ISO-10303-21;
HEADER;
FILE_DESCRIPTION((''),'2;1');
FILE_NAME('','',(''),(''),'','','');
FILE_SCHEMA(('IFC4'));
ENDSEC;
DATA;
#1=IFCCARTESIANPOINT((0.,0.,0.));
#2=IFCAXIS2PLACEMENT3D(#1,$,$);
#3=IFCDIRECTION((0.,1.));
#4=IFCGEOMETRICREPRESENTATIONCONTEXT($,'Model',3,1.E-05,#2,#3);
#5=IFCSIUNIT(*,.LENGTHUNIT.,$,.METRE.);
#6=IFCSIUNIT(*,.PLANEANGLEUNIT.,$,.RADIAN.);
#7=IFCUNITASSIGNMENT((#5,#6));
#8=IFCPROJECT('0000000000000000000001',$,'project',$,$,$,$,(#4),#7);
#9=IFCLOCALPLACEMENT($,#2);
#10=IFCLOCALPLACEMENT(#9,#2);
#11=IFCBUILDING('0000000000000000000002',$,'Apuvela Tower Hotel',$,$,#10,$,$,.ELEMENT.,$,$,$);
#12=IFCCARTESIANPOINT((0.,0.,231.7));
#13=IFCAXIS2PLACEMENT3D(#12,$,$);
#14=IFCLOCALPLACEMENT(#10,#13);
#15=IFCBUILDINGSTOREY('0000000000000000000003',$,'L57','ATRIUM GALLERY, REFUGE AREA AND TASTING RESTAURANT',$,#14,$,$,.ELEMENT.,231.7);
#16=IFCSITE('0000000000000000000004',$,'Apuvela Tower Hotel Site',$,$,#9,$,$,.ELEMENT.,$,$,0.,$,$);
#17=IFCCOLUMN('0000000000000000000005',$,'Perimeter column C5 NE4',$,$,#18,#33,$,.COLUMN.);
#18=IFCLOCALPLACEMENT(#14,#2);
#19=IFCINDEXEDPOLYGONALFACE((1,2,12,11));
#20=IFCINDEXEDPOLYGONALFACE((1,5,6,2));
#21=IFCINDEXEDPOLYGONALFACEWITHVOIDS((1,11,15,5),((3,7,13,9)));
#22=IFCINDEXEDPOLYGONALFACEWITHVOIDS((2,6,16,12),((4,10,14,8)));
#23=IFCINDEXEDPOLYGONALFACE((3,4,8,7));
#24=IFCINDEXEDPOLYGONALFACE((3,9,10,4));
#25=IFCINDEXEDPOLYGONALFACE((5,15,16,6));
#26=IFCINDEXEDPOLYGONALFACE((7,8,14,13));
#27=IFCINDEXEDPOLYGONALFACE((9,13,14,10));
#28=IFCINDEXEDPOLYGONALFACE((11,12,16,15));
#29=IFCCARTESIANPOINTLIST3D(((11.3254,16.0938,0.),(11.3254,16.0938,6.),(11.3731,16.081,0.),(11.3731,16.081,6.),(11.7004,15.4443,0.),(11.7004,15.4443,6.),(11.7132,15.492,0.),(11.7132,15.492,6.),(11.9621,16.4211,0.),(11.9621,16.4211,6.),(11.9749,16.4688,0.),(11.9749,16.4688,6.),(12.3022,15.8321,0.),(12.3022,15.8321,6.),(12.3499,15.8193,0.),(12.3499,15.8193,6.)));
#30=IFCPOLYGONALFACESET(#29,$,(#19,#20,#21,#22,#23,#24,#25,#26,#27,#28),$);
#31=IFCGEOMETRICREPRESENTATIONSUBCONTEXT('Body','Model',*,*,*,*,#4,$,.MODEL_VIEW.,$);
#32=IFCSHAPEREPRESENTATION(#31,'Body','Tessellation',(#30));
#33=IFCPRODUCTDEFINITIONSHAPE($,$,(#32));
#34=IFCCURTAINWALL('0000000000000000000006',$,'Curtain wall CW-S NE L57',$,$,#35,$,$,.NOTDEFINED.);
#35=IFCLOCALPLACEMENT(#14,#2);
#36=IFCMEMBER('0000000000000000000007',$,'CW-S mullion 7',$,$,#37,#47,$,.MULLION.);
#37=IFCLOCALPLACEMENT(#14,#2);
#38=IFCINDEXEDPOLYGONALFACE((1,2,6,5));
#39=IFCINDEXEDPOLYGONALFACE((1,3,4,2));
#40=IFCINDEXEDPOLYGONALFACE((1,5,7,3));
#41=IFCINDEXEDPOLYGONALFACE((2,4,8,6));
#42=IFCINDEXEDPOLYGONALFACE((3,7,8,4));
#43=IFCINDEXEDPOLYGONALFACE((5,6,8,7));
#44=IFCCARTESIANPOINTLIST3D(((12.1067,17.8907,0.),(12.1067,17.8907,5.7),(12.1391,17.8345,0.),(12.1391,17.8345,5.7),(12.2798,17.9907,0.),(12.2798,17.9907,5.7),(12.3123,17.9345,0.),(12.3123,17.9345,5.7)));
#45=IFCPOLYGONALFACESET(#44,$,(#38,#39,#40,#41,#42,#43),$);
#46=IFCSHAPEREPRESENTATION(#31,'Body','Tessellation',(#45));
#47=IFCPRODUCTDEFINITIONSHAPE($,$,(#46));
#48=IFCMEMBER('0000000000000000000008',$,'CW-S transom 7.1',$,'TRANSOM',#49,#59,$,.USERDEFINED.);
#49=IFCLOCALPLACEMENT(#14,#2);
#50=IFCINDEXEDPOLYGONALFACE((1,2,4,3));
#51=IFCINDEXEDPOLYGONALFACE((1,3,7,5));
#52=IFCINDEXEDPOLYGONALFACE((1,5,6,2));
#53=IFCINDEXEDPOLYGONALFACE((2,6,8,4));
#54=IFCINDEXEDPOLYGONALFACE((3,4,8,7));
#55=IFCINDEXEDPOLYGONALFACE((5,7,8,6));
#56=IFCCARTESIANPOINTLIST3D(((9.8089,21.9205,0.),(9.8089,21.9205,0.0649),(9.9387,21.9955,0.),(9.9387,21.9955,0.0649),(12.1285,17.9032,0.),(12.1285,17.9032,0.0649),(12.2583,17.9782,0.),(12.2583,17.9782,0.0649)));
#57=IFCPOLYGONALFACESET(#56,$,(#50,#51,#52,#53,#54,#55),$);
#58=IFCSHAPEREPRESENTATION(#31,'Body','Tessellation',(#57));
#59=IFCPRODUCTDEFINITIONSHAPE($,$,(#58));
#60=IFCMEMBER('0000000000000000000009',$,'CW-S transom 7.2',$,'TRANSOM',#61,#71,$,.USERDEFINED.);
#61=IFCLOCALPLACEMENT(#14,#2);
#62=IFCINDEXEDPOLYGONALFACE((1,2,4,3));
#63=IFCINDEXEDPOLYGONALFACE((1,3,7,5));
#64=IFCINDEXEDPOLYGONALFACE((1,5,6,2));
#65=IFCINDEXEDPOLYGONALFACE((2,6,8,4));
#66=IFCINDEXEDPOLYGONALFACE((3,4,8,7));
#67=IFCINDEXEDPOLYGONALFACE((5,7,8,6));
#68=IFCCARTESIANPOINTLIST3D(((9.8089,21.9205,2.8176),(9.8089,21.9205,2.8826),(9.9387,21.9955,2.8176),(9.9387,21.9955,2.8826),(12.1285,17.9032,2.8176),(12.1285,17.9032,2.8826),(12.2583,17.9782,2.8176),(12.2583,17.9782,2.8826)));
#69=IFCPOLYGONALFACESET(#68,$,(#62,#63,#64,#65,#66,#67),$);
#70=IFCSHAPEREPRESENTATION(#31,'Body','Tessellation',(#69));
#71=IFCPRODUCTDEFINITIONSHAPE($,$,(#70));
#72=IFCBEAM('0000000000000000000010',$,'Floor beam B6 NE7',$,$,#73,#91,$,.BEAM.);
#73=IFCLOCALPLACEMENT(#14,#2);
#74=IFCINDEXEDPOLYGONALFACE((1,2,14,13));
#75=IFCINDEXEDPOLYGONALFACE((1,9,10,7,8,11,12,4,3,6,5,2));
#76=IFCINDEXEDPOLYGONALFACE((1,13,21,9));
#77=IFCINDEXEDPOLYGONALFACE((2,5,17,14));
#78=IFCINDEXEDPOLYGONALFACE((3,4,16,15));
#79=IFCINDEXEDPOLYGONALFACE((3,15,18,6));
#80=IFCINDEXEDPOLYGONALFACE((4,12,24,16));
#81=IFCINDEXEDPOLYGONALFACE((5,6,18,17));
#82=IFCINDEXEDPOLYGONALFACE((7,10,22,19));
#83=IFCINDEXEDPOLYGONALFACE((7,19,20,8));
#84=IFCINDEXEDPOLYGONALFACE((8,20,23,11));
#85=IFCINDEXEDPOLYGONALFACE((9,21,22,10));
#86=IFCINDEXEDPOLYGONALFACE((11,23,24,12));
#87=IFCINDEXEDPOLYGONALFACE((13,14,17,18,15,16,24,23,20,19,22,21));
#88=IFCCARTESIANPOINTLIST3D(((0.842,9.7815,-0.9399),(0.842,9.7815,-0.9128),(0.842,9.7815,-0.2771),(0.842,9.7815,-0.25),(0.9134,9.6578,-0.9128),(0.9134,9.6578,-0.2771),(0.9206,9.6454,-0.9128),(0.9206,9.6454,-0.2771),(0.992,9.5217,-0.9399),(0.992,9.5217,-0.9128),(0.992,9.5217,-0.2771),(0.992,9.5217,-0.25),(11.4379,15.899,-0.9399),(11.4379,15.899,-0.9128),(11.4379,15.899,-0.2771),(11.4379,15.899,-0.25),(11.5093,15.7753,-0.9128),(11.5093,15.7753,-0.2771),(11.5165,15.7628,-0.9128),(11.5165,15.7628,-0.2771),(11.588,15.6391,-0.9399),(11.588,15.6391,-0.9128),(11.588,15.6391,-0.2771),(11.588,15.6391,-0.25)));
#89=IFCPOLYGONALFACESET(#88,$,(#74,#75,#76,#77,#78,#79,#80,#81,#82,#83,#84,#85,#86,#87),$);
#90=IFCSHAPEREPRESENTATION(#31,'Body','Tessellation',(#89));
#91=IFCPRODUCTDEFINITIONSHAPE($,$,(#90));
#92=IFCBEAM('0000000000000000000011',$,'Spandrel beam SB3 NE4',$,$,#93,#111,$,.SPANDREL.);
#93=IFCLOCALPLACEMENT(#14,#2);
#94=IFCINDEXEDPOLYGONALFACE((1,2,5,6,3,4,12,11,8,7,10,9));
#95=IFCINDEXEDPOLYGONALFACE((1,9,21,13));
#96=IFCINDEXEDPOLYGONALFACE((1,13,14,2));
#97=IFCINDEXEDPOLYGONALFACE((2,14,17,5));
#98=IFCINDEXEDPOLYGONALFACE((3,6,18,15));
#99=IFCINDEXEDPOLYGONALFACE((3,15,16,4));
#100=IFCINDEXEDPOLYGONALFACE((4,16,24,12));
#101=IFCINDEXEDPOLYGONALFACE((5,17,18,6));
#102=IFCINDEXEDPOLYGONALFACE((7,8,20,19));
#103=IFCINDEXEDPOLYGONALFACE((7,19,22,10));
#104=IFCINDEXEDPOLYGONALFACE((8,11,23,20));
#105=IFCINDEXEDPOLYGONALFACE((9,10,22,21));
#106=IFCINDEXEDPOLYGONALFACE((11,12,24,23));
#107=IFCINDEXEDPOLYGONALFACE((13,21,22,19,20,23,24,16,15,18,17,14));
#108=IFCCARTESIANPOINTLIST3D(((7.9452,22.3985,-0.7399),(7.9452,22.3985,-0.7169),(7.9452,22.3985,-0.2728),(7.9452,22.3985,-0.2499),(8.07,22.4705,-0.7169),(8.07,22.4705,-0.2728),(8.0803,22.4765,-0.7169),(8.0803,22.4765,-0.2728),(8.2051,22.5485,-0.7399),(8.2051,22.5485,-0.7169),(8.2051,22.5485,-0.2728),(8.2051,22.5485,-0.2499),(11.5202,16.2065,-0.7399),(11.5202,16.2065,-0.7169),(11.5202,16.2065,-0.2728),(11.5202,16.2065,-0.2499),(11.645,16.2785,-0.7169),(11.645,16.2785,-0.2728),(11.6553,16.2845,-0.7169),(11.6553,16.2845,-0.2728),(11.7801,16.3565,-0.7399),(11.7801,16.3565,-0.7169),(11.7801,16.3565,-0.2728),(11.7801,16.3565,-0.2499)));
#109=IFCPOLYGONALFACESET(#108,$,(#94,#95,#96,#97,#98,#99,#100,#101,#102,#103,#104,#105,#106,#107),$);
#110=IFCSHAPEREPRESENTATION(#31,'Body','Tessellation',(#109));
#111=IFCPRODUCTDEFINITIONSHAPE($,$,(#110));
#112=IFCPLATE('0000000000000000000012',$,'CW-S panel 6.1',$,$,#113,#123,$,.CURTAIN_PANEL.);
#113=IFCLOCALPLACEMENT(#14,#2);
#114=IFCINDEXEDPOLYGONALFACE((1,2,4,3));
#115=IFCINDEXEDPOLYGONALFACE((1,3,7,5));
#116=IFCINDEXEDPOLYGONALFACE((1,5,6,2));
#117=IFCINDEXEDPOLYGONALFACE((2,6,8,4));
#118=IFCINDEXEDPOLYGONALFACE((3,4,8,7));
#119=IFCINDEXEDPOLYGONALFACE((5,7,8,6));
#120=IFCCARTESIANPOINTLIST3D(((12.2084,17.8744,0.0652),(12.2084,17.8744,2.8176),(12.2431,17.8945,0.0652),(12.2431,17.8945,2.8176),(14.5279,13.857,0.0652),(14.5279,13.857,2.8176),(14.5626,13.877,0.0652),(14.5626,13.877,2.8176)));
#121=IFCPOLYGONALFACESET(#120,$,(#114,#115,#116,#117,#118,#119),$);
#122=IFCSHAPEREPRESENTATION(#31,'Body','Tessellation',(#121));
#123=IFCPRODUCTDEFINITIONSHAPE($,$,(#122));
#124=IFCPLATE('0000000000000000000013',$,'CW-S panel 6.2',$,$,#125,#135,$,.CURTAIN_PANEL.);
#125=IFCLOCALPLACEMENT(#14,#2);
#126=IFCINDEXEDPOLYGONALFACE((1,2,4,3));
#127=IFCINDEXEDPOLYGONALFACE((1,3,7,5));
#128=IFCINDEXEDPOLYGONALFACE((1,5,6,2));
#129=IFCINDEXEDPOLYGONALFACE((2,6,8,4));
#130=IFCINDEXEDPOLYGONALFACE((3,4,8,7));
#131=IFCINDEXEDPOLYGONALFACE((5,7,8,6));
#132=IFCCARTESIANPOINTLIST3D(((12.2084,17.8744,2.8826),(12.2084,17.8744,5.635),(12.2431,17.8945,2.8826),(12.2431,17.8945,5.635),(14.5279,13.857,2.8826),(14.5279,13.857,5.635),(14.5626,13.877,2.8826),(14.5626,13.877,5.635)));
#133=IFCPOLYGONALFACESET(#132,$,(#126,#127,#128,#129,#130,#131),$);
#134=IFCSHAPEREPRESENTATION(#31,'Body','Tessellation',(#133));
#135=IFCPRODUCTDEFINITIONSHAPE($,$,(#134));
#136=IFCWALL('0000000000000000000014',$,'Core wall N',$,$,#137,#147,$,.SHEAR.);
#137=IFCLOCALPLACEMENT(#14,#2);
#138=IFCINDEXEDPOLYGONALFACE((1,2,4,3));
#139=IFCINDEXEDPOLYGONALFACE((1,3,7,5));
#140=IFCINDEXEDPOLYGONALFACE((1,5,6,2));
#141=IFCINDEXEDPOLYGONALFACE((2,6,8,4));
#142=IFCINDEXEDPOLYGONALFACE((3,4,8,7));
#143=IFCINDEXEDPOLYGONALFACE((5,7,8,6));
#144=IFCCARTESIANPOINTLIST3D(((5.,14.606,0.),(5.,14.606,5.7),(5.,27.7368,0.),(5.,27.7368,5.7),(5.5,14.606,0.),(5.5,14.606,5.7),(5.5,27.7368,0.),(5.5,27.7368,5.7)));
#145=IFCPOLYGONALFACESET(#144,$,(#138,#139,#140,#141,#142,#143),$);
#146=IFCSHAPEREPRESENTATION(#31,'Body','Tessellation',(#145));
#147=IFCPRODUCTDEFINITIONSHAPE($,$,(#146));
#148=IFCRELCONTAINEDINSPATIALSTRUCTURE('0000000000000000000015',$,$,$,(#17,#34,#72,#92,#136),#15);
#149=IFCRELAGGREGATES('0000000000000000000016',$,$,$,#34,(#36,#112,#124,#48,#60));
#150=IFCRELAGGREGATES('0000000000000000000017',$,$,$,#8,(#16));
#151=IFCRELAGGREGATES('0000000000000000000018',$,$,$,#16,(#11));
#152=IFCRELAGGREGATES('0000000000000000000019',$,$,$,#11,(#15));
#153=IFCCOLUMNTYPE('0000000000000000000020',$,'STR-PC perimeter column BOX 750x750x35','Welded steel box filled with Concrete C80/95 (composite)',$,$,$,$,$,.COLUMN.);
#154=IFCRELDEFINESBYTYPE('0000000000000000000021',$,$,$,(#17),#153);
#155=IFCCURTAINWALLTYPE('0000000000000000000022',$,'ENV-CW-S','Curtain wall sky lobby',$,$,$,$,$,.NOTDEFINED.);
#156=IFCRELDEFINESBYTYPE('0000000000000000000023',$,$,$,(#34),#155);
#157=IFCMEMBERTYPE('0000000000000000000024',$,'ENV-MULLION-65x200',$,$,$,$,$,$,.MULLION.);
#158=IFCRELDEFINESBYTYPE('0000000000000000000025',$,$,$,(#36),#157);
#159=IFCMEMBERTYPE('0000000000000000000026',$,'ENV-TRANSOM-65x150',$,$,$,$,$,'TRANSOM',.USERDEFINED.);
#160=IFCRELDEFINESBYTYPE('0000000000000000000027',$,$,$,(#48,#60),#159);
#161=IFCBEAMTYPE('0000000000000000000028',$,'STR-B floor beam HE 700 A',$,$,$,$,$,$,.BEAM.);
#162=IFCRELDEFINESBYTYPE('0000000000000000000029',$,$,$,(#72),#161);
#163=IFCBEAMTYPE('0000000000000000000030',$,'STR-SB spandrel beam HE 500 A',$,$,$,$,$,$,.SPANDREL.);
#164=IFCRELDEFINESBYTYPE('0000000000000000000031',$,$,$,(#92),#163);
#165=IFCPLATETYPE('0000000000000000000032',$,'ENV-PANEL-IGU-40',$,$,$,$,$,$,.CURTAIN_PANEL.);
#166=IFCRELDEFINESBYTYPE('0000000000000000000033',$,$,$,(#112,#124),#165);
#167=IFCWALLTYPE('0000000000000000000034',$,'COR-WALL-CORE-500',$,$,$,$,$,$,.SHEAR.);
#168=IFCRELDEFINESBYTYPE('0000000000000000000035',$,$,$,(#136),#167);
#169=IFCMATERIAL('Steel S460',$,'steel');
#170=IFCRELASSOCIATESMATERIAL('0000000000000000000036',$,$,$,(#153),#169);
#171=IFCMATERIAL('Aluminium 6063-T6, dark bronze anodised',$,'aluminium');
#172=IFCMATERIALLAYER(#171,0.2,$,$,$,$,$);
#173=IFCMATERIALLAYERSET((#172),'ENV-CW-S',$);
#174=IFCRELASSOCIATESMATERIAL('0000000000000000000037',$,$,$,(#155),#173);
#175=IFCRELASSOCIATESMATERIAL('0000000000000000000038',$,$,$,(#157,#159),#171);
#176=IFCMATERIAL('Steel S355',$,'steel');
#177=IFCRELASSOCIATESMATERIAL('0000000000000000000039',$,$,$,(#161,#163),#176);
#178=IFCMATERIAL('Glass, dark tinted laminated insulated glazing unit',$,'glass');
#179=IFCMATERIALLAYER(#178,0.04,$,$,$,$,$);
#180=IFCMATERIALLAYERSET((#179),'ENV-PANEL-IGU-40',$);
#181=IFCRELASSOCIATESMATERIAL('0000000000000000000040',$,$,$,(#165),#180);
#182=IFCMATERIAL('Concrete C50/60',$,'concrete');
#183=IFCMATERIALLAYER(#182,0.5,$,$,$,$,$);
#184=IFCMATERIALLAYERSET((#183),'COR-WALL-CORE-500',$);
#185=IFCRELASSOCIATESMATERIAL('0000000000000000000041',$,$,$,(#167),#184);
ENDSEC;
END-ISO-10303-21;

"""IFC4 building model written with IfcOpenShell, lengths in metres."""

from ifc_helpers import new_model, si_unit, direction, frame, frame_2d, origin, origin_2d, place, context, subcontext, project, spatial, rectangle, hollow_rectangle, i_section, extrude, material, layer, layer_set, material_profile, profile_set, type_object, element, aggregate, save


model = new_model("IFC4")

# Units and contexts
model_context = context("Model", 3, precision=1e-05, world=origin(), true_north=direction((0.0, 1.0)))
body_context = subcontext(model_context, "Body", "Model", "MODEL_VIEW")
ifc_project = project(units=[si_unit("LENGTHUNIT", "METRE"), si_unit("PLANEANGLEUNIT", "RADIAN")], contexts=[model_context])

# Site, building, storey
site_placement = place(None, origin())
site = spatial("IfcSite", under=ifc_project, at=site_placement, Name="Apuvela Tower Hotel Site", CompositionType="ELEMENT", RefElevation=0.0)
building_placement = place(site_placement, origin())
building = spatial("IfcBuilding", under=site, at=building_placement, Name="Apuvela Tower Hotel", CompositionType="ELEMENT")
storey_placement = place(building_placement, frame((0.0, 0.0, 231.7)))
storey = spatial("IfcBuildingStorey", under=building, at=storey_placement, Name="L57", Description="ATRIUM GALLERY, REFUGE AREA AND TASTING RESTAURANT", CompositionType="ELEMENT", Elevation=231.7)

# Column
ifc_material_1 = material(Name="Steel S460", Category="steel")
ifc_material_profile_1 = material_profile(ifc_material_1, hollow_rectangle(XDim=0.75, YDim=0.75, WallThickness=0.0349, at=origin_2d()), Name="BOX 750x750x35")
ifc_material_2 = material(Name="Concrete C80/95", Category="concrete")
ifc_material_profile_2 = material_profile(ifc_material_2, rectangle(XDim=0.6799, YDim=0.6799, at=origin_2d()), Name="Concrete C80/95 infill")
ifc_profile_set_1 = profile_set([ifc_material_profile_1, ifc_material_profile_2], Name="Steel S460")
column_type = type_object("IfcColumnType", Name="STR-PC perimeter column BOX 750x750x35", Description="Welded steel box filled with Concrete C80/95 (composite)", PredefinedType="COLUMN", material=ifc_profile_set_1)
column_placement = place(storey_placement, frame((11.8376, 15.9565, 0.0), z_axis=(0.0, 0.0, 1.0), x_axis=(-0.5, 0.866025, 0.0)))
element("IfcColumn", 1, at=column_placement, inside=storey, type_object=column_type, Name="Perimeter column C5 NE4", PredefinedType="COLUMN", context=body_context, shape_type="SweptSolid", body=[
    extrude(hollow_rectangle(XDim=0.75, YDim=0.75, WallThickness=0.0349, at=origin_2d()), origin(), (0.0, 0.0, 1.0), 6.0),
])

# Curtain wall, members
ifc_material_3 = material(Name="Aluminium 6063-T6, dark bronze anodised", Category="aluminium")
ifc_layer_1 = layer(ifc_material_3, 0.2)
ifc_layer_set_1 = layer_set([ifc_layer_1], Name="ENV-CW-S")
curtain_wall_type = type_object("IfcCurtainWallType", Name="ENV-CW-S", Description="Curtain wall sky lobby", PredefinedType="NOTDEFINED", material=ifc_layer_set_1)
curtain_wall_placement = place(storey_placement, origin())
curtain_wall = element("IfcCurtainWall", 2, at=curtain_wall_placement, inside=storey, type_object=curtain_wall_type, Name="Curtain wall CW-S NE L57", PredefinedType="NOTDEFINED")
ifc_material_profile_3 = material_profile(ifc_material_3, rectangle(XDim=0.2, YDim=0.0649, at=origin_2d()), Name="AL 65x200")
ifc_profile_set_2 = profile_set([ifc_material_profile_3], Name="Aluminium 6063-T6, dark bronze anodised")
member_type_1 = type_object("IfcMemberType", Name="ENV-MULLION-65x200", PredefinedType="MULLION", material=ifc_profile_set_2)
member_1_placement = place(storey_placement, frame((12.2095, 17.9126, 0.0), z_axis=(0.0, 0.0, 1.0), x_axis=(-0.866026, -0.499999, 0.0)))
member_1 = element("IfcMember", 3, at=member_1_placement, type_object=member_type_1, Name="CW-S mullion 7", PredefinedType="MULLION", context=body_context, shape_type="SweptSolid", body=[
    extrude(rectangle(XDim=0.2, YDim=0.0649, at=origin_2d()), origin(), (0.0, 0.0, 1.0), 5.7),
])
ifc_material_profile_4 = material_profile(ifc_material_3, rectangle(XDim=0.1499, YDim=0.0649, at=origin_2d()), Name="AL 65x150 transom")
ifc_profile_set_3 = profile_set([ifc_material_profile_4], Name="Aluminium 6063-T6, dark bronze anodised")
member_type_2 = type_object("IfcMemberType", Name="ENV-TRANSOM-65x150", ElementType="TRANSOM", PredefinedType="USERDEFINED", material=ifc_profile_set_3)
member_2_placement = place(storey_placement, frame((12.1934, 17.9407, 0.0325), z_axis=(-0.500028, 0.866009, 0.0), x_axis=(-0.866009, -0.500028, 0.0)))
member_2 = element("IfcMember", 4, at=member_2_placement, type_object=member_type_2, Name="CW-S transom 7.1", ObjectType="TRANSOM", PredefinedType="USERDEFINED", context=body_context, shape_type="SweptSolid", body=[
    extrude(rectangle(XDim=0.1499, YDim=0.0649, at=origin_2d()), origin(), (0.0, 0.0, 1.0), 4.6389),
])
member_3_placement = place(storey_placement, frame((12.1934, 17.9407, 2.8501), z_axis=(-0.500028, 0.866009, 0.0), x_axis=(-0.866009, -0.500028, 0.0)))
member_3 = element("IfcMember", 5, at=member_3_placement, type_object=member_type_2, Name="CW-S transom 7.2", ObjectType="TRANSOM", PredefinedType="USERDEFINED", context=body_context, shape_type="SweptSolid", body=[
    extrude(rectangle(XDim=0.1499, YDim=0.0649, at=origin_2d()), origin(), (0.0, 0.0, 1.0), 4.6389),
])

# Beams
ifc_material_4 = material(Name="Steel S355", Category="steel")
ifc_material_profile_5 = material_profile(ifc_material_4, i_section(OverallWidth=0.3, OverallDepth=0.6899, WebThickness=0.0144, FlangeThickness=0.0271, at=origin_2d()), Name="HE 700 A")
ifc_profile_set_4 = profile_set([ifc_material_profile_5], Name="Steel S355")
beam_type_1 = type_object("IfcBeamType", Name="STR-B floor beam HE 700 A", PredefinedType="BEAM", material=ifc_profile_set_4)
beam_1_placement = place(storey_placement, frame((11.5129, 15.769, -0.595), z_axis=(-0.86603, -0.499991, 0.0), x_axis=(0.499991, -0.86603, 0.0)))
element("IfcBeam", 6, at=beam_1_placement, inside=storey, type_object=beam_type_1, Name="Floor beam B6 NE7", PredefinedType="BEAM", context=body_context, shape_type="SweptSolid", body=[
    extrude(i_section(OverallWidth=0.3, OverallDepth=0.6899, WebThickness=0.0144, FlangeThickness=0.0271, at=origin_2d()), origin(), (0.0, 0.0, 1.0), 12.2351),
])
ifc_material_profile_6 = material_profile(ifc_material_4, i_section(OverallWidth=0.3, OverallDepth=0.49, WebThickness=0.012, FlangeThickness=0.0229, at=origin_2d()), Name="HE 500 A")
ifc_profile_set_5 = profile_set([ifc_material_profile_6], Name="Steel S355")
beam_type_2 = type_object("IfcBeamType", Name="STR-SB spandrel beam HE 500 A", PredefinedType="SPANDREL", material=ifc_profile_set_5)
beam_2_placement = place(storey_placement, frame((11.6501, 16.2815, -0.4949), z_axis=(-0.500006, 0.866022, 0.0), x_axis=(-0.866022, -0.500006, 0.0)))
element("IfcBeam", 7, at=beam_2_placement, inside=storey, type_object=beam_type_2, Name="Spandrel beam SB3 NE4", PredefinedType="SPANDREL", context=body_context, shape_type="SweptSolid", body=[
    extrude(i_section(OverallWidth=0.3, OverallDepth=0.49, WebThickness=0.012, FlangeThickness=0.0229, at=origin_2d()), origin(), (0.0, 0.0, 1.0), 7.1499),
])

# Plates
ifc_material_5 = material(Name="Glass, dark tinted laminated insulated glazing unit", Category="glass")
ifc_layer_2 = layer(ifc_material_5, 0.04)
ifc_layer_set_2 = layer_set([ifc_layer_2], Name="ENV-PANEL-IGU-40")
plate_type = type_object("IfcPlateType", Name="ENV-PANEL-IGU-40", PredefinedType="CURTAIN_PANEL", material=ifc_layer_set_2)
plate_1_placement = place(storey_placement, frame((13.3855, 15.8757, 0.0652), z_axis=(0.0, 0.0, 1.0), x_axis=(-0.499999, 0.866026, 0.0)))
plate_1 = element("IfcPlate", 8, at=plate_1_placement, type_object=plate_type, Name="CW-S panel 6.1", PredefinedType="CURTAIN_PANEL", context=body_context, shape_type="SweptSolid", body=[
    extrude(rectangle(XDim=4.6389, YDim=0.04, at=origin_2d()), origin(), (0.0, 0.0, 1.0), 2.7524),
])
plate_2_placement = place(storey_placement, frame((13.3855, 15.8757, 2.8826), z_axis=(0.0, 0.0, 1.0), x_axis=(-0.499999, 0.866026, 0.0)))
plate_2 = element("IfcPlate", 9, at=plate_2_placement, type_object=plate_type, Name="CW-S panel 6.2", PredefinedType="CURTAIN_PANEL", context=body_context, shape_type="SweptSolid", body=[
    extrude(rectangle(XDim=4.6389, YDim=0.04, at=origin_2d()), origin(), (0.0, 0.0, 1.0), 2.7524),
])
aggregate(curtain_wall, [member_1, plate_1, plate_2, member_2, member_3])

# Wall
ifc_material_6 = material(Name="Concrete C50/60", Category="concrete")
ifc_layer_3 = layer(ifc_material_6, 0.5)
ifc_layer_set_3 = layer_set([ifc_layer_3], Name="COR-WALL-CORE-500")
wall_type_1 = type_object("IfcWallType", Name="COR-WALL-CORE-500", PredefinedType="SHEAR", material=ifc_layer_set_3)
wall_1_placement = place(storey_placement, frame((5.25, 14.606, 0.0), z_axis=(0.0, 0.0, 1.0), x_axis=(0.0, 1.0, 0.0)))
element("IfcWall", 10, at=wall_1_placement, inside=storey, type_object=wall_type_1, Name="Core wall N", PredefinedType="SHEAR", context=body_context, shape_type="SweptSolid", body=[
    extrude(rectangle(XDim=13.1309, YDim=0.5, at=frame_2d((6.5654, 0.0))), origin(), (0.0, 0.0, 1.0), 5.7),
])

save(model, "model.ifc")
